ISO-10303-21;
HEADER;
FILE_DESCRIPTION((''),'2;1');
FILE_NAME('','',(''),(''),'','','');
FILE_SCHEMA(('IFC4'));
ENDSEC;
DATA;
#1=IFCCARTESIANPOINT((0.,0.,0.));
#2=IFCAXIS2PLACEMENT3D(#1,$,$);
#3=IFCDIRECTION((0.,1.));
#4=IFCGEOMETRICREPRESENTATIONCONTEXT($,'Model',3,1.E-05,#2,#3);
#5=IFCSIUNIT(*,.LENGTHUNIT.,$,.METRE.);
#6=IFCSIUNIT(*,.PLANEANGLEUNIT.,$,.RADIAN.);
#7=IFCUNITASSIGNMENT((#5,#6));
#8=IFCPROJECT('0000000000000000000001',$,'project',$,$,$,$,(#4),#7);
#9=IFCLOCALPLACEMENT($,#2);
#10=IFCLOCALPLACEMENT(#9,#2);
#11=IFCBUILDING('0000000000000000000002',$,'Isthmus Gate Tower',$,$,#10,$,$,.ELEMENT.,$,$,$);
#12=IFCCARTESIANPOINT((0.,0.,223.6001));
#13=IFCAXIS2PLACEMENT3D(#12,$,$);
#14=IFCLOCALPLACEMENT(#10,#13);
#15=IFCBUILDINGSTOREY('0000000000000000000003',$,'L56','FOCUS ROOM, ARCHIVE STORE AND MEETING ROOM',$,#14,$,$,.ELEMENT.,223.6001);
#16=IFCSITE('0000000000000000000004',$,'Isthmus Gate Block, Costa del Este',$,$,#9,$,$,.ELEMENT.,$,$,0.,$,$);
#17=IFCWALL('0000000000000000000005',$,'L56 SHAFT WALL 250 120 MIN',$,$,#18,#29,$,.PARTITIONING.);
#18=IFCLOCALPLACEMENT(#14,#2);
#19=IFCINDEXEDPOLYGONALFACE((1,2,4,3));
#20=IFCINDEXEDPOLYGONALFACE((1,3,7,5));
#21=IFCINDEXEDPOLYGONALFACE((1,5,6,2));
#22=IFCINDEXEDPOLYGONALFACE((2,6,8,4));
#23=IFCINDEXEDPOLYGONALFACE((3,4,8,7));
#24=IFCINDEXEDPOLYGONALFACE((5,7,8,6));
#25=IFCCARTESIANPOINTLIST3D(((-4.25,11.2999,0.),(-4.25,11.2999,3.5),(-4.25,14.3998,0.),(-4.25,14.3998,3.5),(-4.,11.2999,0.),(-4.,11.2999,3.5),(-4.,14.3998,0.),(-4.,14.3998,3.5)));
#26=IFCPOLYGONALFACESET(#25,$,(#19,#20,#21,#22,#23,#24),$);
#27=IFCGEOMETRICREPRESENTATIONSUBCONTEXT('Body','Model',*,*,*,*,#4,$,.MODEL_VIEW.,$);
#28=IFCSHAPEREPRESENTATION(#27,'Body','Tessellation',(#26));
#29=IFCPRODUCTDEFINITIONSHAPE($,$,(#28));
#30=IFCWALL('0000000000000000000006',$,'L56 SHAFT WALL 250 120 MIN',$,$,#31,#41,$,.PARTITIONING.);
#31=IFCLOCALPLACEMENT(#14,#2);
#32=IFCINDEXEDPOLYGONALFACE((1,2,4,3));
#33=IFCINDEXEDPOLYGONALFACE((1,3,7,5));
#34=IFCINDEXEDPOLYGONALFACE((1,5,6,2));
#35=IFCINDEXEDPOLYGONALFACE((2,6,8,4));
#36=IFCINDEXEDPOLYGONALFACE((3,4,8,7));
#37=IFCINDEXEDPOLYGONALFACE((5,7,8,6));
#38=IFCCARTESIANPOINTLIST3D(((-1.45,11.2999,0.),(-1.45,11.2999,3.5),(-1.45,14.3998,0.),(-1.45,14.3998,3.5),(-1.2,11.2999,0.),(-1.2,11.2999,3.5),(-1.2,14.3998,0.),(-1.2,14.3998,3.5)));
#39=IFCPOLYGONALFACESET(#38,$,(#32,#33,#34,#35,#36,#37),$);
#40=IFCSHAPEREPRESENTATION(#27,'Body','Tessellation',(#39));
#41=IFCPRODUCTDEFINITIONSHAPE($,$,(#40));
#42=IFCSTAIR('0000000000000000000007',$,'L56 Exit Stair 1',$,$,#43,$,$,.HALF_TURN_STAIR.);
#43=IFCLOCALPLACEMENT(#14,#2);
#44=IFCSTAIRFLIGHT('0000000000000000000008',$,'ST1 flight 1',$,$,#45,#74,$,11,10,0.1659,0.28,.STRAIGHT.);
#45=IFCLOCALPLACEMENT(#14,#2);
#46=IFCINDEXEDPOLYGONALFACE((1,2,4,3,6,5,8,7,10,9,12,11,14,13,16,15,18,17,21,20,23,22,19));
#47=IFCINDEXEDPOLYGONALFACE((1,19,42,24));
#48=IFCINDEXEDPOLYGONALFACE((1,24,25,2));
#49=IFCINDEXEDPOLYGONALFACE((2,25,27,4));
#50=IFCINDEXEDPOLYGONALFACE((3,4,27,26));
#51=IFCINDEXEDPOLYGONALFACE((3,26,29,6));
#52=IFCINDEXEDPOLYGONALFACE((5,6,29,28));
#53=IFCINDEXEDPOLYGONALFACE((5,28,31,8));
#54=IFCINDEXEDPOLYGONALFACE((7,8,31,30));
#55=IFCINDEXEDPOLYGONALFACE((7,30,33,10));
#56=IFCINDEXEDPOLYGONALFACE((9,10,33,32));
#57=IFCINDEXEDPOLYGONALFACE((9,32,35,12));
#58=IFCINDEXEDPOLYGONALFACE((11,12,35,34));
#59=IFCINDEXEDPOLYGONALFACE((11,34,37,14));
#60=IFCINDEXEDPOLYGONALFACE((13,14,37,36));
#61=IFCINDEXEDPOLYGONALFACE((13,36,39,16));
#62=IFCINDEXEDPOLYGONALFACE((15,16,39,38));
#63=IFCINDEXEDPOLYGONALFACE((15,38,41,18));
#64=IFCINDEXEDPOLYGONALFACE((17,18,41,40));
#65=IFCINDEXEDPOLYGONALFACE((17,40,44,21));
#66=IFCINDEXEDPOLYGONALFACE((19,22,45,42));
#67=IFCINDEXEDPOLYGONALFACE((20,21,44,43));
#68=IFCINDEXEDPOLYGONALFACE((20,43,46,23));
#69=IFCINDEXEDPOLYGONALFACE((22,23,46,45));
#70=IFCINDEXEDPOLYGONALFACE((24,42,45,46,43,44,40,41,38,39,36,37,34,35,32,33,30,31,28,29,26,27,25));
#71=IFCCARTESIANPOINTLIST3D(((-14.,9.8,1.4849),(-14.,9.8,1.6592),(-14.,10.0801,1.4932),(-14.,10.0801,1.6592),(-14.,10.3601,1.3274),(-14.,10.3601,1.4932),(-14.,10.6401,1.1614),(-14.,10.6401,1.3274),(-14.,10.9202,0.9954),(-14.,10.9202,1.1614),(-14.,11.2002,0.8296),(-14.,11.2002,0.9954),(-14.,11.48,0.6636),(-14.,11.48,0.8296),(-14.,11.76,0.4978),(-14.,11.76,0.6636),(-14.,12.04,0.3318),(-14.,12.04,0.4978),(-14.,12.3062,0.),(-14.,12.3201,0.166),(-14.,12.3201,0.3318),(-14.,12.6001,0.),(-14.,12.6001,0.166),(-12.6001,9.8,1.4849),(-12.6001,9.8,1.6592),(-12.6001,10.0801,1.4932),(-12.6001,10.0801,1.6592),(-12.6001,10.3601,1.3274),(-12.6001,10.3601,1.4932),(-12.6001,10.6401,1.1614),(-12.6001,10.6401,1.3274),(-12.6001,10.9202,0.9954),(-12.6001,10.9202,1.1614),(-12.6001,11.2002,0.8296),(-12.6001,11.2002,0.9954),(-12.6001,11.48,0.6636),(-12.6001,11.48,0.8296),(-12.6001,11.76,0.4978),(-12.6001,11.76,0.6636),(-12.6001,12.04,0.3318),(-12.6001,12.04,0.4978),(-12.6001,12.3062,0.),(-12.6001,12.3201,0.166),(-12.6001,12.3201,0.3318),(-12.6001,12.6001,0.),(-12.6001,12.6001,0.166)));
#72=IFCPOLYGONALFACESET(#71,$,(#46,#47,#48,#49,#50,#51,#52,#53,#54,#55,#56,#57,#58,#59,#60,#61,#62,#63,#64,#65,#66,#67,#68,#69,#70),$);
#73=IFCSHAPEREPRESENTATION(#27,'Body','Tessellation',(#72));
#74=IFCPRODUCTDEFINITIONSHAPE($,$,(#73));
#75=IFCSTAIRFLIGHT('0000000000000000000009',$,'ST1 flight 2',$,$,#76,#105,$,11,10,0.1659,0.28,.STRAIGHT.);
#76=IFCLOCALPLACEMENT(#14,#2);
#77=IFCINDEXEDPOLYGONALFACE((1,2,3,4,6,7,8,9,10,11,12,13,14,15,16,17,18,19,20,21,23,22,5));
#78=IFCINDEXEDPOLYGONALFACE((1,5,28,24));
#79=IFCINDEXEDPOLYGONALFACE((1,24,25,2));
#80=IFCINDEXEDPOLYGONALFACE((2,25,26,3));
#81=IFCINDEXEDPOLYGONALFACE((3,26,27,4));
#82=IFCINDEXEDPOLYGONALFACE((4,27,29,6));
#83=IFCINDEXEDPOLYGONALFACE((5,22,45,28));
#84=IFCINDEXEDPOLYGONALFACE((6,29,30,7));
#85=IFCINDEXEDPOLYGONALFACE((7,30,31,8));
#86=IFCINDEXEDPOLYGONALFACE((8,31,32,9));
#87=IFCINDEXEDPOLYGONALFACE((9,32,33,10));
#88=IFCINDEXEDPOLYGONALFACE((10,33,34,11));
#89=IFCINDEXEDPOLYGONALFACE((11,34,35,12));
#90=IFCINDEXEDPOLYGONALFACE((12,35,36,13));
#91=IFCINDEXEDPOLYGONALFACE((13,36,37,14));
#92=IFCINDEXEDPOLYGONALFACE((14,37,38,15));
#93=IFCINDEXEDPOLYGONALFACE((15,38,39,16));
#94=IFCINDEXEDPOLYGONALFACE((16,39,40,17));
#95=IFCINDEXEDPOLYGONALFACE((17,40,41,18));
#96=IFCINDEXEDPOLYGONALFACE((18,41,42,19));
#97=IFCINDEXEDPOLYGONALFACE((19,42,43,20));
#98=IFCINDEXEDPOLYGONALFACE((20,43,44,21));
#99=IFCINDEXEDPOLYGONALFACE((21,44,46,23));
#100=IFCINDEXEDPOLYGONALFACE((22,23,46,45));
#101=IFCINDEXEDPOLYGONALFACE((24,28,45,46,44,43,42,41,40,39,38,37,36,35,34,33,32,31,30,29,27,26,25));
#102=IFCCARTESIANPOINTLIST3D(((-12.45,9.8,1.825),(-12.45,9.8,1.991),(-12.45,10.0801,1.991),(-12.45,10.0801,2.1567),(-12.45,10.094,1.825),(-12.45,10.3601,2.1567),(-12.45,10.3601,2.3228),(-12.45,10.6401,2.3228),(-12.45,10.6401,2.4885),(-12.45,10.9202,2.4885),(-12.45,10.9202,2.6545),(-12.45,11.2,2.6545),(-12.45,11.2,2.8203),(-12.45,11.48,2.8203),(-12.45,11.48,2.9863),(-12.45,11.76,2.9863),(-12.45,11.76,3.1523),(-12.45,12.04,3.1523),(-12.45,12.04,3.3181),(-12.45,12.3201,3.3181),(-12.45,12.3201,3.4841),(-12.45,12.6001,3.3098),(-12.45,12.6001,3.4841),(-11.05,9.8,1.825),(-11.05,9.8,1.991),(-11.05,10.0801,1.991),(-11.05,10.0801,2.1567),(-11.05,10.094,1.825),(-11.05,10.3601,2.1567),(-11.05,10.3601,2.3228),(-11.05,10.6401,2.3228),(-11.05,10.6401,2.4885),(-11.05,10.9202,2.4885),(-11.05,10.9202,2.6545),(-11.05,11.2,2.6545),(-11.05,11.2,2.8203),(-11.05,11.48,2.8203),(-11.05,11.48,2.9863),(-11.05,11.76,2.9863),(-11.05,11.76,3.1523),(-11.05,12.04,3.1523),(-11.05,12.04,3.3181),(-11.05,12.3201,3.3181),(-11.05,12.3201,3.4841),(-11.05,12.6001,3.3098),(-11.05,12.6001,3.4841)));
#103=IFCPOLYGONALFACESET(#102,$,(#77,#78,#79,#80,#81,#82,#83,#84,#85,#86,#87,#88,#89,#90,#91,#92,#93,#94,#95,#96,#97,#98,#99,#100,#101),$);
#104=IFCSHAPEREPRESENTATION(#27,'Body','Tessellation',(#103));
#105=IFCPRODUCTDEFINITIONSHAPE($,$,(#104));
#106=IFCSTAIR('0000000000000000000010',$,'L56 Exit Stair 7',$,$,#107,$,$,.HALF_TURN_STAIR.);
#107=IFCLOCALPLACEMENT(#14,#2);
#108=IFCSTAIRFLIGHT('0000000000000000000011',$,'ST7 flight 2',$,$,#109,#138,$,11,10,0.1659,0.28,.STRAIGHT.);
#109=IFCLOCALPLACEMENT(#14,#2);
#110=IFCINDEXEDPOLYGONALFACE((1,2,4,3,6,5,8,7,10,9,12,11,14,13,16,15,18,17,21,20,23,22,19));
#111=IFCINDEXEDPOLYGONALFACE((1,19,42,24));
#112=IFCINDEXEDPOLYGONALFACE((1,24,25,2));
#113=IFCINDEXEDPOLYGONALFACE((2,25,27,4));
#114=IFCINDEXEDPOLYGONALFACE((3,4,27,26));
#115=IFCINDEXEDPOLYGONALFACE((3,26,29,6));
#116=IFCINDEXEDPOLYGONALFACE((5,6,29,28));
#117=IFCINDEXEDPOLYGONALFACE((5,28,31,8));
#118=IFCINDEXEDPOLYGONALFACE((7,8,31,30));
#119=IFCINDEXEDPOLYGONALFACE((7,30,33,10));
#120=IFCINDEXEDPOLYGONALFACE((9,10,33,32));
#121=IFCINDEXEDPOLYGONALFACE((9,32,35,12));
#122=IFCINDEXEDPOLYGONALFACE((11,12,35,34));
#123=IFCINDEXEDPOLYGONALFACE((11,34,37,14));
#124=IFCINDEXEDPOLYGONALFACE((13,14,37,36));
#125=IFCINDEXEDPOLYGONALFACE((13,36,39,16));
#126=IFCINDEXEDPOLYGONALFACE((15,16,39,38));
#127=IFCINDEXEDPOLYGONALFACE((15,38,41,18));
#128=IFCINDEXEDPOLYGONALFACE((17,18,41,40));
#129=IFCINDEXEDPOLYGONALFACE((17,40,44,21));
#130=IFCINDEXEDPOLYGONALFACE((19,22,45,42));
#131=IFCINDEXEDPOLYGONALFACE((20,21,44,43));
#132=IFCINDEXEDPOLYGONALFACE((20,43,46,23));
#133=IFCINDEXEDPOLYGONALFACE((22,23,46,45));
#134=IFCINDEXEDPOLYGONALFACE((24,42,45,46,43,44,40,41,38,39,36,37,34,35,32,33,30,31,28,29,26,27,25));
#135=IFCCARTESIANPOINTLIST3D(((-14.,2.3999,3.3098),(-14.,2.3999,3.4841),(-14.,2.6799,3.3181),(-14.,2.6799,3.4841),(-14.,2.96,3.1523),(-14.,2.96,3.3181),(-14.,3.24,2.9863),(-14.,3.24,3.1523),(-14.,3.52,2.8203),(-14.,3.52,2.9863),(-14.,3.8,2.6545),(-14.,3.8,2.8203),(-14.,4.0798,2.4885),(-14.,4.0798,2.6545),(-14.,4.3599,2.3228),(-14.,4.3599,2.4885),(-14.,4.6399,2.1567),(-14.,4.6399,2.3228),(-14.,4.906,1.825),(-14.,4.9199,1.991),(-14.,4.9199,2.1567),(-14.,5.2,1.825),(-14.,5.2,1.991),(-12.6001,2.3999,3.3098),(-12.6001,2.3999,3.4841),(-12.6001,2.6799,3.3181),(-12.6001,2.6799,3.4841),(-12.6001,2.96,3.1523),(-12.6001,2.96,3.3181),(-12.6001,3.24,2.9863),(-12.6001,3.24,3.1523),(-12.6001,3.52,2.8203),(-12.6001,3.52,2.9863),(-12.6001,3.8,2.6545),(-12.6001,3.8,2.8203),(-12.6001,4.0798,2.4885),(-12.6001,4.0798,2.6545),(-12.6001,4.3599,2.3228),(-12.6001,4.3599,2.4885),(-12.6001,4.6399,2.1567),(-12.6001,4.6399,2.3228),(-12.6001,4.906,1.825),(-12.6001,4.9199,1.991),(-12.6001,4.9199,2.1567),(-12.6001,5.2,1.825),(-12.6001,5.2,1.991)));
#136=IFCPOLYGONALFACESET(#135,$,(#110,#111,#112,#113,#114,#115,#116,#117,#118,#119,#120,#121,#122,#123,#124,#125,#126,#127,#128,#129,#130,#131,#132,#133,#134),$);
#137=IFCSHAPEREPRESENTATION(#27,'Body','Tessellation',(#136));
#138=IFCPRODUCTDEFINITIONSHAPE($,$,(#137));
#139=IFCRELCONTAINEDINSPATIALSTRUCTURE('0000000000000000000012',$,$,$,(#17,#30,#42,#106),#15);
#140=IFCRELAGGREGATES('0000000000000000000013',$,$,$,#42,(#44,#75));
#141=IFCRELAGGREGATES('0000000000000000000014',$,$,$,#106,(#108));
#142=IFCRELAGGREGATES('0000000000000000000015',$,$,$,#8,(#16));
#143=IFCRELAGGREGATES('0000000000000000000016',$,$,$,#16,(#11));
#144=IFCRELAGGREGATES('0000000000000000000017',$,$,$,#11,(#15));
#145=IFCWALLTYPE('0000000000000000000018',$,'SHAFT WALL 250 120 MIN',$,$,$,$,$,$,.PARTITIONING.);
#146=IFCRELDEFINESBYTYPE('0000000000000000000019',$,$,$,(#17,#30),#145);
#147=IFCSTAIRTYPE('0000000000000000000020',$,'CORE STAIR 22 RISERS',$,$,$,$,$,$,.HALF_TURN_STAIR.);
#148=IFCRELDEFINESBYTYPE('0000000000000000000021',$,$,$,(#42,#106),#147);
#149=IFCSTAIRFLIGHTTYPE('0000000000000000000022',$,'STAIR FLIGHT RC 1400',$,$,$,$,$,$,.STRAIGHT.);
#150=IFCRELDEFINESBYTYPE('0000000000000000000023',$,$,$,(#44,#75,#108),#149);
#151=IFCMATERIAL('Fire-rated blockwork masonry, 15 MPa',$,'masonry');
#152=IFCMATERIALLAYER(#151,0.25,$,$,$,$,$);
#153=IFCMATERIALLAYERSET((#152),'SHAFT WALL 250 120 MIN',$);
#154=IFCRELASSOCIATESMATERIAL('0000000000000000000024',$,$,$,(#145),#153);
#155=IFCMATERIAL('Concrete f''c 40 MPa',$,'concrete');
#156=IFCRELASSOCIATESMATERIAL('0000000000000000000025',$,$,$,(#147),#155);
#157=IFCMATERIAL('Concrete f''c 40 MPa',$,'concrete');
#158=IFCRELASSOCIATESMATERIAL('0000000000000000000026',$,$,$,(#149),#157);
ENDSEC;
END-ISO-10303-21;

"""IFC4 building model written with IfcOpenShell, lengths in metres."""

from ifc_helpers import new_model, si_unit, direction, frame, frame_2d, origin, place, context, subcontext, project, spatial, polyline, rectangle, outline, extrude, material, layer, layer_set, type_object, element, aggregate, save


model = new_model("IFC4")

# Units and contexts
model_context = context("Model", 3, precision=1e-05, world=origin(), true_north=direction((0.0, 1.0)))
body_context = subcontext(model_context, "Body", "Model", "MODEL_VIEW")
ifc_project = project(units=[si_unit("LENGTHUNIT", "METRE"), si_unit("PLANEANGLEUNIT", "RADIAN")], contexts=[model_context])

# Site, building, storey
site_placement = place(None, origin())
site = spatial("IfcSite", under=ifc_project, at=site_placement, Name="Isthmus Gate Block, Costa del Este", CompositionType="ELEMENT", RefElevation=0.0)
building_placement = place(site_placement, origin())
building = spatial("IfcBuilding", under=site, at=building_placement, Name="Isthmus Gate Tower", CompositionType="ELEMENT")
storey_placement = place(building_placement, frame((0.0, 0.0, 223.6001)))
storey = spatial("IfcBuildingStorey", under=building, at=storey_placement, Name="L56", Description="FOCUS ROOM, ARCHIVE STORE AND MEETING ROOM", CompositionType="ELEMENT", Elevation=223.6001)

# Walls
ifc_material_1 = material(Name="Fire-rated blockwork masonry, 15 MPa", Category="masonry")
ifc_layer_1 = layer(ifc_material_1, 0.25)
ifc_layer_set_1 = layer_set([ifc_layer_1], Name="SHAFT WALL 250 120 MIN")
wall_type_1 = type_object("IfcWallType", Name="SHAFT WALL 250 120 MIN", PredefinedType="PARTITIONING", material=ifc_layer_set_1)
for number, where, z_axis, x_axis, name in (
    (1, (-4.125, 11.3, 0.0), (0.0, 0.0, 1.0), (0.0, 1.0, 0.0), "L56 SHAFT WALL 250 120 MIN"),
    (2, (-1.325, 11.3, 0.0), (0.0, 0.0, 1.0), (0.0, 1.0, 0.0), "L56 SHAFT WALL 250 120 MIN"),
):
    element("IfcWall", number, at=place(storey_placement, frame(where, z_axis=z_axis, x_axis=x_axis)), inside=storey, type_object=wall_type_1, Name=name, PredefinedType="PARTITIONING", context=body_context, shape_type="SweptSolid", body=[
        extrude(rectangle(XDim=3.0999, YDim=0.25, at=frame_2d((1.5498, 0.0))), origin(), (0.0, 0.0, 1.0), 3.5),
    ])

# Stair, stair flights
ifc_material_2 = material(Name="Concrete f'c 40 MPa", Category="concrete")
stair_type = type_object("IfcStairType", Name="CORE STAIR 22 RISERS", PredefinedType="HALF_TURN_STAIR", material=ifc_material_2)
stair_1_placement = place(storey_placement, origin())
stair_1 = element("IfcStair", 3, at=stair_1_placement, inside=storey, type_object=stair_type, Name="L56 Exit Stair 1", PredefinedType="HALF_TURN_STAIR")
ifc_material_3 = material(Name="Concrete f'c 40 MPa", Category="concrete")
stair_flight_type = type_object("IfcStairFlightType", Name="STAIR FLIGHT RC 1400", PredefinedType="STRAIGHT", material=ifc_material_3)
stair_flight_1_placement = place(storey_placement, frame((-13.3, 12.6001, 0.0), z_axis=(0.0, 0.0, 1.0), x_axis=(0.0, -1.0, 0.0)))
stair_flight_1 = element("IfcStairFlight", 4, at=stair_flight_1_placement, type_object=stair_flight_type, Name="ST1 flight 1", NumberOfRisers=11, NumberOfTreads=10, PredefinedType="STRAIGHT", RiserHeight=0.1659, TreadLength=0.28, context=body_context, shape_type="SweptSolid", body=[
    extrude(outline(polyline([(0.0, 0.0), (0.0, 0.166), (0.28, 0.166), (0.28, 0.3318), (0.5601, 0.3318), (0.5601, 0.4978), (0.8401, 0.4978), (0.8401, 0.6636), (1.1201, 0.6636), (1.1201, 0.8296), (1.3999, 0.8296), (1.3999, 0.9954), (1.6799, 0.9954), (1.6799, 1.1614), (1.96, 1.1614), (1.96, 1.3274), (2.24, 1.3274), (2.24, 1.4932), (2.52, 1.4932), (2.52, 1.6592), (2.8, 1.6592), (2.8, 1.825), (2.8, 1.4849), (0.2939, 0.0), (0.0, 0.0)])), frame((0.0, 0.7, 0.0), z_axis=(0.0, -1.0, 0.0), x_axis=(1.0, 0.0, 0.0)), (0.0, 0.0, 1.0), 1.3999),
])
stair_flight_2_placement = place(storey_placement, frame((-11.75, 9.8, 1.825), z_axis=(0.0, 0.0, 1.0), x_axis=(0.0, 1.0, 0.0)))
stair_flight_2 = element("IfcStairFlight", 5, at=stair_flight_2_placement, type_object=stair_flight_type, Name="ST1 flight 2", NumberOfRisers=11, NumberOfTreads=10, PredefinedType="STRAIGHT", RiserHeight=0.1659, TreadLength=0.28, context=body_context, shape_type="SweptSolid", body=[
    extrude(outline(polyline([(0.0, 0.0), (0.0, 0.166), (0.28, 0.166), (0.28, 0.3318), (0.5601, 0.3318), (0.5601, 0.4978), (0.8401, 0.4978), (0.8401, 0.6636), (1.1201, 0.6636), (1.1201, 0.8296), (1.3999, 0.8296), (1.3999, 0.9954), (1.6799, 0.9954), (1.6799, 1.1614), (1.96, 1.1614), (1.96, 1.3274), (2.24, 1.3274), (2.24, 1.4932), (2.52, 1.4932), (2.52, 1.6592), (2.8, 1.6592), (2.8, 1.825), (2.8, 1.4849), (0.2939, 0.0), (0.0, 0.0)])), frame((0.0, 0.7, 0.0), z_axis=(0.0, -1.0, 0.0), x_axis=(1.0, 0.0, 0.0)), (0.0, 0.0, 1.0), 1.3999),
])
aggregate(stair_1, [stair_flight_1, stair_flight_2])

# Stair, stair flight
stair_2_placement = place(storey_placement, origin())
stair_2 = element("IfcStair", 6, at=stair_2_placement, inside=storey, type_object=stair_type, Name="L56 Exit Stair 7", PredefinedType="HALF_TURN_STAIR")
stair_flight_3_placement = place(storey_placement, frame((-13.3, 5.2, 1.825), z_axis=(0.0, 0.0, 1.0), x_axis=(0.0, -1.0, 0.0)))
stair_flight_3 = element("IfcStairFlight", 7, at=stair_flight_3_placement, type_object=stair_flight_type, Name="ST7 flight 2", NumberOfRisers=11, NumberOfTreads=10, PredefinedType="STRAIGHT", RiserHeight=0.1659, TreadLength=0.28, context=body_context, shape_type="SweptSolid", body=[
    extrude(outline(polyline([(0.0, 0.0), (0.0, 0.166), (0.28, 0.166), (0.28, 0.3318), (0.5601, 0.3318), (0.5601, 0.4978), (0.8401, 0.4978), (0.8401, 0.6636), (1.1201, 0.6636), (1.1201, 0.8296), (1.3999, 0.8296), (1.3999, 0.9954), (1.6799, 0.9954), (1.6799, 1.1614), (1.96, 1.1614), (1.96, 1.3274), (2.24, 1.3274), (2.24, 1.4932), (2.52, 1.4932), (2.52, 1.6592), (2.8, 1.6592), (2.8, 1.825), (2.8, 1.4849), (0.2939, 0.0), (0.0, 0.0)])), frame((0.0, 0.7, 0.0), z_axis=(0.0, -1.0, 0.0), x_axis=(1.0, 0.0, 0.0)), (0.0, 0.0, 1.0), 1.3999),
])
aggregate(stair_2, [stair_flight_3])

save(model, "model.ifc")
